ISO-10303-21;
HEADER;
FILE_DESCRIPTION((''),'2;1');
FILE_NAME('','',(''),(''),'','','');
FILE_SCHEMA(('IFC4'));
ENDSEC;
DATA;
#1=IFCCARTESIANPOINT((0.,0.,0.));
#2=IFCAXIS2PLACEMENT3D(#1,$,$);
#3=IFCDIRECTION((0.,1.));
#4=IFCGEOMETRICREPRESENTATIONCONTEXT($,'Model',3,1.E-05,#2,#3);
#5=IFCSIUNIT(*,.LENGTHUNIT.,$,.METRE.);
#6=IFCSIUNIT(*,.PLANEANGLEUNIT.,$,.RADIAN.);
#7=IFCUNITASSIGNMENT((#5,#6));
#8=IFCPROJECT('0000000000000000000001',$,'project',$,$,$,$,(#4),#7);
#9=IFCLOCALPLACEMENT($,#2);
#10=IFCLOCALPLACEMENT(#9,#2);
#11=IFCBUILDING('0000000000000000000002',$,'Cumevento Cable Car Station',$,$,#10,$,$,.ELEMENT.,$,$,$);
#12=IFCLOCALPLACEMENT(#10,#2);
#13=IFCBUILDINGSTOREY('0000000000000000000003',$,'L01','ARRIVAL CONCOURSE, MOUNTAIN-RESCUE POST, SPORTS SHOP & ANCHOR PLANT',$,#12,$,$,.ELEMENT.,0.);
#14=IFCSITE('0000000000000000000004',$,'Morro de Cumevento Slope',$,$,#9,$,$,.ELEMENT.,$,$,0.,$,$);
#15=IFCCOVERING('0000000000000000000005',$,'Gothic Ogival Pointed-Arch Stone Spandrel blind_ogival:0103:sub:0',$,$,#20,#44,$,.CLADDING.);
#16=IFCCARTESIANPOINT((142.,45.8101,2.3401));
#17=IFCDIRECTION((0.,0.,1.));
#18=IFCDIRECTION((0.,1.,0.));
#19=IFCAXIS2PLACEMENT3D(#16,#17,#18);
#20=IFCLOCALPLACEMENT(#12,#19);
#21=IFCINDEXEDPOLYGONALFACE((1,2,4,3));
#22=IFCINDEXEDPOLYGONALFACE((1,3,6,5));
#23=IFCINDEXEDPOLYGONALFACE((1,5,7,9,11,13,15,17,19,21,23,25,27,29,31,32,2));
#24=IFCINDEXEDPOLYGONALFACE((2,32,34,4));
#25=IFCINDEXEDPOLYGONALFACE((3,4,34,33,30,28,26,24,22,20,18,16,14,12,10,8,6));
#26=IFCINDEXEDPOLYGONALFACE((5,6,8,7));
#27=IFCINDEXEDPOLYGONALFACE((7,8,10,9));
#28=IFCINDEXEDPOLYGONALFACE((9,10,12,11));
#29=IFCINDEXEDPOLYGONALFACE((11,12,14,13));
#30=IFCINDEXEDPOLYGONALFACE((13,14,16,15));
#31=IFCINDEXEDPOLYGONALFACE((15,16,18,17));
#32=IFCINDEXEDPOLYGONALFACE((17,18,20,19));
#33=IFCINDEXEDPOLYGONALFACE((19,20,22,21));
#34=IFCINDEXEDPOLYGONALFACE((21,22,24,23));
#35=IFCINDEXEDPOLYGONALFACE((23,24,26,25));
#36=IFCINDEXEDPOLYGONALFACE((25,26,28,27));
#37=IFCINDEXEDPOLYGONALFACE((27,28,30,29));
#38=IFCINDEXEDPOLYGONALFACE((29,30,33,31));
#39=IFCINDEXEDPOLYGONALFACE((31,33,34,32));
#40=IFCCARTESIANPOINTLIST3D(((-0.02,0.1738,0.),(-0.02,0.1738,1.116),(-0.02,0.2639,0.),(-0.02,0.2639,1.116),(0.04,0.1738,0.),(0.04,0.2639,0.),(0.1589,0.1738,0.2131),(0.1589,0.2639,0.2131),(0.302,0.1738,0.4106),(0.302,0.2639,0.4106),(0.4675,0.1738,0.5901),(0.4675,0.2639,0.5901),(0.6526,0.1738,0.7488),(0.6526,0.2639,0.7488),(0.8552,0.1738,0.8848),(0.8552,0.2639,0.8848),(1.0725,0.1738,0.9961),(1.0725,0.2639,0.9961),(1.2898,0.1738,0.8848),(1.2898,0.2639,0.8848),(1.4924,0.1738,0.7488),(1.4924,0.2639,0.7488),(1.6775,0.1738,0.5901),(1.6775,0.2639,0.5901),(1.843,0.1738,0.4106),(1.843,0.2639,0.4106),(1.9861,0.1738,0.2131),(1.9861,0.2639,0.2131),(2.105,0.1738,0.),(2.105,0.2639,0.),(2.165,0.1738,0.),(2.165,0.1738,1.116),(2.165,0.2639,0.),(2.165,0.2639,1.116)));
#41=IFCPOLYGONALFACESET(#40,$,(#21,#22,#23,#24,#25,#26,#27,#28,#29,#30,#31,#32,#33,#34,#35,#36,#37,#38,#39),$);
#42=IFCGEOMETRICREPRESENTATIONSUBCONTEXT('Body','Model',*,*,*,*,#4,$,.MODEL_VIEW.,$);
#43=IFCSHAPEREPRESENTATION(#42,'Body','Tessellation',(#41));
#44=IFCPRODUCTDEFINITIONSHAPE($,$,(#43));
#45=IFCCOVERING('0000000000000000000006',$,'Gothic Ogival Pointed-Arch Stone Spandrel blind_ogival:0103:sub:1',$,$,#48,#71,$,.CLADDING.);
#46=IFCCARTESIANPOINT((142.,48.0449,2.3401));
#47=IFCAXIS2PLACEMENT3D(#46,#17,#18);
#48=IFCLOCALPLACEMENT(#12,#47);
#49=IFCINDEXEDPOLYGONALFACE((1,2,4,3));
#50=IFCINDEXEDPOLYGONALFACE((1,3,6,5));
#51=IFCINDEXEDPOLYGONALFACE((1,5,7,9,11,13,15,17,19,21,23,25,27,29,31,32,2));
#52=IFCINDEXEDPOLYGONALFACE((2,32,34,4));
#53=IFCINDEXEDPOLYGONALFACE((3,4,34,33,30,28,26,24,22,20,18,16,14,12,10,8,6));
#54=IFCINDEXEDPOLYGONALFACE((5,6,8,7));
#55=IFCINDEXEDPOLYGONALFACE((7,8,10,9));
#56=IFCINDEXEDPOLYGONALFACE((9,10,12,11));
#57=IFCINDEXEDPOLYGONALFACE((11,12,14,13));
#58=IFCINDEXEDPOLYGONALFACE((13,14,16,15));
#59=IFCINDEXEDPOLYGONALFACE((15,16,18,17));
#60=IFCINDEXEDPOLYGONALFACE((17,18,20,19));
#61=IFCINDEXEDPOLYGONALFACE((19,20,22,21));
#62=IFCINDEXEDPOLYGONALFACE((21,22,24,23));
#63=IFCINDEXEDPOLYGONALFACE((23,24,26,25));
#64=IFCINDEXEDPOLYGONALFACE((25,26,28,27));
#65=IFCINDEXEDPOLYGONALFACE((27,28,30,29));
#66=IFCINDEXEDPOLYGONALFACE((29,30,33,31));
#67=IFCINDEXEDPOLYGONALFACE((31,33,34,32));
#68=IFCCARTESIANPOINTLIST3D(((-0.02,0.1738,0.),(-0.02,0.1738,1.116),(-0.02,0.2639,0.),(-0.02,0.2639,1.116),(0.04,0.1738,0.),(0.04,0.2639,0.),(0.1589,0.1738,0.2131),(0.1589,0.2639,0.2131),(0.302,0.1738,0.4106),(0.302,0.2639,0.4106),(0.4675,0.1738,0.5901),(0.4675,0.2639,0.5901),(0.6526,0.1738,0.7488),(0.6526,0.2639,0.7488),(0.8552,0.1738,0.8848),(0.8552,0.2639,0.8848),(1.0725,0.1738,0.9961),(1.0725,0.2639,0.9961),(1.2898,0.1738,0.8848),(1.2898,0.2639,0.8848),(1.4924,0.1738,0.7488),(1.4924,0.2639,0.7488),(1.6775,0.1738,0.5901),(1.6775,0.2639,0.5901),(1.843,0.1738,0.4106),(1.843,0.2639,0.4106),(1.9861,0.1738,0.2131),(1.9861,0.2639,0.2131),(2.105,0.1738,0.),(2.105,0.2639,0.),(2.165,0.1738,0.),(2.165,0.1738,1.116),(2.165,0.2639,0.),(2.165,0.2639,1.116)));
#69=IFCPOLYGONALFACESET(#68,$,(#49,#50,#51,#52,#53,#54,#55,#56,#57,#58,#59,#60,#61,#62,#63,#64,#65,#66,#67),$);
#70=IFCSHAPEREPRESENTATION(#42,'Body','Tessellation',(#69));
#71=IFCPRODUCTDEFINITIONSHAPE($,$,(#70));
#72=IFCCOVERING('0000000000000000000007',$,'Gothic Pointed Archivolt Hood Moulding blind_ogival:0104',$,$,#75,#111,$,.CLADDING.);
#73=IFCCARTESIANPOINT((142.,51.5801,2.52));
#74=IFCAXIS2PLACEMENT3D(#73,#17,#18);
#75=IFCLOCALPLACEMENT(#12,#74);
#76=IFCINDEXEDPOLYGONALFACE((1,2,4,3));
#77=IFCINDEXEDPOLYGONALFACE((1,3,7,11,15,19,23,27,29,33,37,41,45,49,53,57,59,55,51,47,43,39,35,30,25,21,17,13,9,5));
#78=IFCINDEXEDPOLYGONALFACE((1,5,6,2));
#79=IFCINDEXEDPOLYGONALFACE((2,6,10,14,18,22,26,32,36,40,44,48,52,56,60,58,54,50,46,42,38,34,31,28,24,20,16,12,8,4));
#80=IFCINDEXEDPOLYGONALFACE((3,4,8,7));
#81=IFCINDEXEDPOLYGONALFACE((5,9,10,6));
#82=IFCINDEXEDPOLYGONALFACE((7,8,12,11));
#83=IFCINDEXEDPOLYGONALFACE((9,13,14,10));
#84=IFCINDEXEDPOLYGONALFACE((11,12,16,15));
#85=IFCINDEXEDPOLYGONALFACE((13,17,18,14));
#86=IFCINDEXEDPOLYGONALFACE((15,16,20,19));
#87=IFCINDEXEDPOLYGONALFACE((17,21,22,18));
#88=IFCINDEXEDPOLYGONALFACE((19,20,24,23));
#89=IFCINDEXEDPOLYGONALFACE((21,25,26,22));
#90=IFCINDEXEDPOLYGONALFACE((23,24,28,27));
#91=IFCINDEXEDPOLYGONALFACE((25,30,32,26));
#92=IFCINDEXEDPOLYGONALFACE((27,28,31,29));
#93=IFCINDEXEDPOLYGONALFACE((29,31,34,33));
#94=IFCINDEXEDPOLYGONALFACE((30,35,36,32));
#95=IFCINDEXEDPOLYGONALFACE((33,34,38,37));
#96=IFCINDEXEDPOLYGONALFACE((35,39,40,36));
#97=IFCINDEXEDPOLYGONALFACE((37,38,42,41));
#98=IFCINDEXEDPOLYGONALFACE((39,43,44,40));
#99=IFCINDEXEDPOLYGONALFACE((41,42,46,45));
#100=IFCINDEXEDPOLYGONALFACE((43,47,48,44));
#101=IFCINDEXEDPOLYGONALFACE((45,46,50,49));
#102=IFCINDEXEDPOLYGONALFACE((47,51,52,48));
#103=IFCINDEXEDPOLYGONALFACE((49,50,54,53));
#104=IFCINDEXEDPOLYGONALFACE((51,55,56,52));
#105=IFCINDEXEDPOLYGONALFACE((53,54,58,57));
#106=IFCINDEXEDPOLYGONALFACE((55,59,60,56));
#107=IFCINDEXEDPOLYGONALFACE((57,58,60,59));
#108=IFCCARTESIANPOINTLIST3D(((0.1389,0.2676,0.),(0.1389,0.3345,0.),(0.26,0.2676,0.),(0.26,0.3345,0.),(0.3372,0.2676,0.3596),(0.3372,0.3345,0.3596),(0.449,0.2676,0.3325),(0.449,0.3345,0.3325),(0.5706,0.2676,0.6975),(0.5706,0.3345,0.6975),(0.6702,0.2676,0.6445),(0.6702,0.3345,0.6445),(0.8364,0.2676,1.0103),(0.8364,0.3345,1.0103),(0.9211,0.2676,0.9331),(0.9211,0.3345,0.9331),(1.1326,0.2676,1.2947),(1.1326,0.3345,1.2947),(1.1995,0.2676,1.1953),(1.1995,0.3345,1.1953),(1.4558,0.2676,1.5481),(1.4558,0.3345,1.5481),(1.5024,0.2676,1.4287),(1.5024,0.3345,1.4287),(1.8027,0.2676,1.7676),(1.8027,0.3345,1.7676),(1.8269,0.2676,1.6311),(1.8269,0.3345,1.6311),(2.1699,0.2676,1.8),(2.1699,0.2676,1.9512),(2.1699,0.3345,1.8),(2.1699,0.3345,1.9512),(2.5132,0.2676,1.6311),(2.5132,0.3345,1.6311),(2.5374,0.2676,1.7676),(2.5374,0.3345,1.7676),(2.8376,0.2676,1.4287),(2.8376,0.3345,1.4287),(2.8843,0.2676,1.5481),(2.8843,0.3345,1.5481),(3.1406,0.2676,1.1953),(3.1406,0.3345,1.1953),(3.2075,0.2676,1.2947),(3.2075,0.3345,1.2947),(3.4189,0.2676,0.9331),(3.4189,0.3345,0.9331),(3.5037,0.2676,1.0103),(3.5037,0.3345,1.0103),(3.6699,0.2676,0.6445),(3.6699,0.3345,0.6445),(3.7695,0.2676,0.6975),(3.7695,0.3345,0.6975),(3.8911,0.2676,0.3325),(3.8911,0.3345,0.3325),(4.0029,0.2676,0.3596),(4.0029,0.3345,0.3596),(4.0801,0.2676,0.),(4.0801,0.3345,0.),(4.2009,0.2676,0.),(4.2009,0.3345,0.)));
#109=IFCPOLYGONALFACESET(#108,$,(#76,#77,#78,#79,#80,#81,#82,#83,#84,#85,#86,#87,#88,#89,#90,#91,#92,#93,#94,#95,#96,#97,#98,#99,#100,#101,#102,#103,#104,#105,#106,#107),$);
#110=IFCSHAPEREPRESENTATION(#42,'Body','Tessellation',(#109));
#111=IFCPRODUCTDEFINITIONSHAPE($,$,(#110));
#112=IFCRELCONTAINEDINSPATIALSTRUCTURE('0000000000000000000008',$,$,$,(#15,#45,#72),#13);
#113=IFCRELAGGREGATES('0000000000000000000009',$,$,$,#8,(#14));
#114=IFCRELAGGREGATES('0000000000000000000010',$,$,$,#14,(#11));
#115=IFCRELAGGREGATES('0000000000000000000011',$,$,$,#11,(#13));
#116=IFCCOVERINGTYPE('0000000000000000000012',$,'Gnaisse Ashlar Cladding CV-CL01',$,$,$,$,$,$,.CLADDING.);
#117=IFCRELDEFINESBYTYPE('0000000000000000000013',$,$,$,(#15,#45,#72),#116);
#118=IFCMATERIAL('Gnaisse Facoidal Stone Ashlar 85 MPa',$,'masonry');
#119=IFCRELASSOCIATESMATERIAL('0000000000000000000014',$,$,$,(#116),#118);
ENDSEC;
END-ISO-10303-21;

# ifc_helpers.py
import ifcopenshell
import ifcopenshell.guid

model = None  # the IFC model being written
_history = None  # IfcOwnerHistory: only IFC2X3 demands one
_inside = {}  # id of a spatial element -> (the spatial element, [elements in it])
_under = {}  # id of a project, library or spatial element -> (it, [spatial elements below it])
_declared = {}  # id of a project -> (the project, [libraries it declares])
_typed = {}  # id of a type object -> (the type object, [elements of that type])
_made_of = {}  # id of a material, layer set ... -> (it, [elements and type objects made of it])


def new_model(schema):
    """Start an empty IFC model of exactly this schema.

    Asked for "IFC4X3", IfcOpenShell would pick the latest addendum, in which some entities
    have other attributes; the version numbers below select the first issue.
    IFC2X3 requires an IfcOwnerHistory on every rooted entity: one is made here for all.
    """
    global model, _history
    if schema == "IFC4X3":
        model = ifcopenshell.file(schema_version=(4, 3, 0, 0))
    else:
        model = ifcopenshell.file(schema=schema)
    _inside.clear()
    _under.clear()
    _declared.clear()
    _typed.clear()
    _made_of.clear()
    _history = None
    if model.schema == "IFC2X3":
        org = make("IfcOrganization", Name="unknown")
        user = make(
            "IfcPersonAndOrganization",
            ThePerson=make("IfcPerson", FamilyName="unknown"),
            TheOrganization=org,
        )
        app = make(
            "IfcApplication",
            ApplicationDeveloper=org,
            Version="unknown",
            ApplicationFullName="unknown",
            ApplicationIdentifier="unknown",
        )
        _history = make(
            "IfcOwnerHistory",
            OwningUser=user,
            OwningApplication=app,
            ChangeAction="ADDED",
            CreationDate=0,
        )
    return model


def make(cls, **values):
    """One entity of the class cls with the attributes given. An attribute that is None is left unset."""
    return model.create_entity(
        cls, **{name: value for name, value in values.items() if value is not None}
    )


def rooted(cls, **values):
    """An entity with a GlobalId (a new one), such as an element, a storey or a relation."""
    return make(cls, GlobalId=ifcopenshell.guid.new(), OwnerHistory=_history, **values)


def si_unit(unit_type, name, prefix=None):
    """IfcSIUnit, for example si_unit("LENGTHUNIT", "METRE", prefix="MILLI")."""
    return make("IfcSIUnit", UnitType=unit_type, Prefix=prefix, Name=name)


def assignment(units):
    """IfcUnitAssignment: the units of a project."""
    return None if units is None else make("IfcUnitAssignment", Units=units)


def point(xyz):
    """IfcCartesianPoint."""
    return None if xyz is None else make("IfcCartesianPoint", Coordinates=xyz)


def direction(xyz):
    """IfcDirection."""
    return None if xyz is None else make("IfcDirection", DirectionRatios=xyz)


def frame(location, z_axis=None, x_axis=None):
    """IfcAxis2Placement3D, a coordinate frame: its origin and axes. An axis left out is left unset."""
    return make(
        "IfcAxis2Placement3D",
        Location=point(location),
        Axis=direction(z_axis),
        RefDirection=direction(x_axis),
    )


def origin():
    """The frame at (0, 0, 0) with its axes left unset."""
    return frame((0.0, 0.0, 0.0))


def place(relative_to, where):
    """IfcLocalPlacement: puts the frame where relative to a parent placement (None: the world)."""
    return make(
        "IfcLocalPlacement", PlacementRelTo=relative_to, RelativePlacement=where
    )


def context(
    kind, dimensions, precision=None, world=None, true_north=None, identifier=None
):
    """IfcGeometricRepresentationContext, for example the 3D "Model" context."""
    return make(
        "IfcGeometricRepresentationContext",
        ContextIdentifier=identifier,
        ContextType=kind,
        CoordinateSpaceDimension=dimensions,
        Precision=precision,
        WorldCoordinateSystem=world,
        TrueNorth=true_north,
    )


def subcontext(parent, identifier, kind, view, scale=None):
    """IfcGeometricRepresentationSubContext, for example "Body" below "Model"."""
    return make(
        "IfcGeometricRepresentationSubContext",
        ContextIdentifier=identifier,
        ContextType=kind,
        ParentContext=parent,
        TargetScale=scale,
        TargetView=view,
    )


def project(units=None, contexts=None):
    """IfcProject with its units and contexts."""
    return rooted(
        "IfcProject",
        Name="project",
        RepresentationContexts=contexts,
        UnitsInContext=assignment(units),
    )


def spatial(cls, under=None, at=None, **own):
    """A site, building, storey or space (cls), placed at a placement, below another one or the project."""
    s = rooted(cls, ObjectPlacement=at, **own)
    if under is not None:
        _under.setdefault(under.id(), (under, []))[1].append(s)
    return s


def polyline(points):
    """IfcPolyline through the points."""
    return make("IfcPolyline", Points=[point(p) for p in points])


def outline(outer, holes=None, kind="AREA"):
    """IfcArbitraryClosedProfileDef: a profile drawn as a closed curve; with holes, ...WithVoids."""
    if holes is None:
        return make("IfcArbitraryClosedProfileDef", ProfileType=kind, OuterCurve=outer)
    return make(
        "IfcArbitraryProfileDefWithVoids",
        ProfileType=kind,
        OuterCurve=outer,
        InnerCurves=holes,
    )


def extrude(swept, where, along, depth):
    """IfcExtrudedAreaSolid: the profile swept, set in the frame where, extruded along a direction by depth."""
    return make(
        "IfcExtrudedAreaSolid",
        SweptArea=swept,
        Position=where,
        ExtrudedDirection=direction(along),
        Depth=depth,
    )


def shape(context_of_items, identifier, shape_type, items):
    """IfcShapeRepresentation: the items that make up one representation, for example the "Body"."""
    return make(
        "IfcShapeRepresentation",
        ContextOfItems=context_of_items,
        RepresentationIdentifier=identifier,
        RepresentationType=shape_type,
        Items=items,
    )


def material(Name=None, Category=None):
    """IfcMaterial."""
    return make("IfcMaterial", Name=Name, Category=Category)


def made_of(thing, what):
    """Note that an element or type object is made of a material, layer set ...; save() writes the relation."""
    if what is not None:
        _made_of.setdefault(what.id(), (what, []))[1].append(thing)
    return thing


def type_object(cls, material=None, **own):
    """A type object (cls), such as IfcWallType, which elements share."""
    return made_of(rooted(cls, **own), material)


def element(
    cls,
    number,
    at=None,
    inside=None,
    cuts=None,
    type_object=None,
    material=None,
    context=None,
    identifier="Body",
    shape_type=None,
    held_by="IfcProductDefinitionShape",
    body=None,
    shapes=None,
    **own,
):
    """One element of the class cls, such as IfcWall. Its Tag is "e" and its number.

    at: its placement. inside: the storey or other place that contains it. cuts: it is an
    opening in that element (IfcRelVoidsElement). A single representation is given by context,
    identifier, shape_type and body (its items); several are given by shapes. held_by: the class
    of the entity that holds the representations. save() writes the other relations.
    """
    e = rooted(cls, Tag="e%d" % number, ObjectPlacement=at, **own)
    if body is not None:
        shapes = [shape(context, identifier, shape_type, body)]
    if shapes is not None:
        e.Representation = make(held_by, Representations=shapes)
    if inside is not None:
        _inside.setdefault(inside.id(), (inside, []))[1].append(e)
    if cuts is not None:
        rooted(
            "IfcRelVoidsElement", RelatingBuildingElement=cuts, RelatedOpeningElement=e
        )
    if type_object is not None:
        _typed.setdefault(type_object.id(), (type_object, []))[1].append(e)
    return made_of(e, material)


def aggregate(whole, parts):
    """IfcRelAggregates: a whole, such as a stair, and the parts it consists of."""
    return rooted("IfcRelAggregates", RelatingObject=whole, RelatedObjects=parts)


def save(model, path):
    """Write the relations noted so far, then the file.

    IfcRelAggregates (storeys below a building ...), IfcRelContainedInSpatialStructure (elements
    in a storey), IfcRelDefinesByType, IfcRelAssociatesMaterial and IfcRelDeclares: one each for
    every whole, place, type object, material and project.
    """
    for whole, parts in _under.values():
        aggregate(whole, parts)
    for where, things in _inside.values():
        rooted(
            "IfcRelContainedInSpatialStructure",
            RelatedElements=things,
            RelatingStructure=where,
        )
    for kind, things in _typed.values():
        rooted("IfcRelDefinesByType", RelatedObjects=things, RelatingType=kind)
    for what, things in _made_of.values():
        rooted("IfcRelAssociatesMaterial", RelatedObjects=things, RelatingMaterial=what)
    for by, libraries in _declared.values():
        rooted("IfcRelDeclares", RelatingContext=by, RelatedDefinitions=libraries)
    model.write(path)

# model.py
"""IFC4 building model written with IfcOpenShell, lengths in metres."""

from ifc_helpers import new_model, si_unit, direction, frame, origin, place, context, subcontext, project, spatial, polyline, outline, extrude, material, type_object, element, save


model = new_model("IFC4")

# Units and contexts
model_context = context("Model", 3, precision=1e-05, world=origin(), true_north=direction((0.0, 1.0)))
body_context = subcontext(model_context, "Body", "Model", "MODEL_VIEW")
ifc_project = project(units=[si_unit("LENGTHUNIT", "METRE"), si_unit("PLANEANGLEUNIT", "RADIAN")], contexts=[model_context])

# Site, building, storey
site_placement = place(None, origin())
site = spatial("IfcSite", under=ifc_project, at=site_placement, Name="Morro de Cumevento Slope", CompositionType="ELEMENT", RefElevation=0.0)
building_placement = place(site_placement, origin())
building = spatial("IfcBuilding", under=site, at=building_placement, Name="Cumevento Cable Car Station", CompositionType="ELEMENT")
storey_placement = place(building_placement, origin())
storey = spatial("IfcBuildingStorey", under=building, at=storey_placement, Name="L01", Description="ARRIVAL CONCOURSE, MOUNTAIN-RESCUE POST, SPORTS SHOP & ANCHOR PLANT", CompositionType="ELEMENT", Elevation=0.0)

# Coverings
ifc_material_1 = material(Name="Gnaisse Facoidal Stone Ashlar 85 MPa", Category="masonry")
covering_type = type_object("IfcCoveringType", Name="Gnaisse Ashlar Cladding CV-CL01", PredefinedType="CLADDING", material=ifc_material_1)
for number, where, z_axis, x_axis, name in (
    (1, (142.0, 45.8101, 2.3401), (0.0, 0.0, 1.0), (0.0, 1.0, 0.0), "Gothic Ogival Pointed-Arch Stone Spandrel blind_ogival:0103:sub:0"),
    (2, (142.0, 48.0449, 2.3401), (0.0, 0.0, 1.0), (0.0, 1.0, 0.0), "Gothic Ogival Pointed-Arch Stone Spandrel blind_ogival:0103:sub:1"),
):
    element("IfcCovering", number, at=place(storey_placement, frame(where, z_axis=z_axis, x_axis=x_axis)), inside=storey, type_object=covering_type, Name=name, PredefinedType="CLADDING", context=body_context, shape_type="SweptSolid", body=[
        extrude(outline(polyline([(-0.02, 0.0), (-0.02, 1.116), (2.165, 1.116), (2.165, 0.0), (2.105, 0.0), (1.9861, 0.2131), (1.843, 0.4106), (1.6775, 0.5901), (1.4924, 0.7488), (1.2898, 0.8848), (1.0725, 0.9961), (0.8552, 0.8848), (0.6526, 0.7488), (0.4675, 0.5901), (0.302, 0.4106), (0.1589, 0.2131), (0.04, 0.0), (-0.02, 0.0)])), frame((0.0, 0.2639, 0.0), z_axis=(0.0, -1.0, 0.0), x_axis=(1.0, 0.0, 0.0)), (0.0, 0.0, 1.0), 0.0901),
    ])
covering_1_placement = place(storey_placement, frame((142.0, 51.5801, 2.52), z_axis=(0.0, 0.0, 1.0), x_axis=(0.0, 1.0, 0.0)))
element("IfcCovering", 3, at=covering_1_placement, inside=storey, type_object=covering_type, Name="Gothic Pointed Archivolt Hood Moulding blind_ogival:0104", PredefinedType="CLADDING", context=body_context, shape_type="SweptSolid", body=[
    extrude(outline(polyline([(0.26, 0.0), (0.449, 0.3325), (0.6702, 0.6445), (0.9211, 0.9331), (1.1995, 1.1953), (1.5024, 1.4287), (1.8269, 1.6311), (2.1699, 1.8), (2.5132, 1.6311), (2.8376, 1.4287), (3.1406, 1.1953), (3.4189, 0.9331), (3.6699, 0.6445), (3.8911, 0.3325), (4.0801, 0.0), (4.2009, 0.0), (4.0029, 0.3596), (3.7695, 0.6975), (3.5037, 1.0103), (3.2075, 1.2947), (2.8843, 1.5481), (2.5374, 1.7676), (2.1699, 1.9512), (1.8027, 1.7676), (1.4558, 1.5481), (1.1326, 1.2947), (0.8364, 1.0103), (0.5706, 0.6975), (0.3372, 0.3596), (0.1389, 0.0), (0.26, 0.0)])), frame((0.0, 0.3345, 0.0), z_axis=(0.0, -1.0, 0.0), x_axis=(1.0, 0.0, 0.0)), (0.0, 0.0, 1.0), 0.0669),
])

save(model, "model.ifc")
